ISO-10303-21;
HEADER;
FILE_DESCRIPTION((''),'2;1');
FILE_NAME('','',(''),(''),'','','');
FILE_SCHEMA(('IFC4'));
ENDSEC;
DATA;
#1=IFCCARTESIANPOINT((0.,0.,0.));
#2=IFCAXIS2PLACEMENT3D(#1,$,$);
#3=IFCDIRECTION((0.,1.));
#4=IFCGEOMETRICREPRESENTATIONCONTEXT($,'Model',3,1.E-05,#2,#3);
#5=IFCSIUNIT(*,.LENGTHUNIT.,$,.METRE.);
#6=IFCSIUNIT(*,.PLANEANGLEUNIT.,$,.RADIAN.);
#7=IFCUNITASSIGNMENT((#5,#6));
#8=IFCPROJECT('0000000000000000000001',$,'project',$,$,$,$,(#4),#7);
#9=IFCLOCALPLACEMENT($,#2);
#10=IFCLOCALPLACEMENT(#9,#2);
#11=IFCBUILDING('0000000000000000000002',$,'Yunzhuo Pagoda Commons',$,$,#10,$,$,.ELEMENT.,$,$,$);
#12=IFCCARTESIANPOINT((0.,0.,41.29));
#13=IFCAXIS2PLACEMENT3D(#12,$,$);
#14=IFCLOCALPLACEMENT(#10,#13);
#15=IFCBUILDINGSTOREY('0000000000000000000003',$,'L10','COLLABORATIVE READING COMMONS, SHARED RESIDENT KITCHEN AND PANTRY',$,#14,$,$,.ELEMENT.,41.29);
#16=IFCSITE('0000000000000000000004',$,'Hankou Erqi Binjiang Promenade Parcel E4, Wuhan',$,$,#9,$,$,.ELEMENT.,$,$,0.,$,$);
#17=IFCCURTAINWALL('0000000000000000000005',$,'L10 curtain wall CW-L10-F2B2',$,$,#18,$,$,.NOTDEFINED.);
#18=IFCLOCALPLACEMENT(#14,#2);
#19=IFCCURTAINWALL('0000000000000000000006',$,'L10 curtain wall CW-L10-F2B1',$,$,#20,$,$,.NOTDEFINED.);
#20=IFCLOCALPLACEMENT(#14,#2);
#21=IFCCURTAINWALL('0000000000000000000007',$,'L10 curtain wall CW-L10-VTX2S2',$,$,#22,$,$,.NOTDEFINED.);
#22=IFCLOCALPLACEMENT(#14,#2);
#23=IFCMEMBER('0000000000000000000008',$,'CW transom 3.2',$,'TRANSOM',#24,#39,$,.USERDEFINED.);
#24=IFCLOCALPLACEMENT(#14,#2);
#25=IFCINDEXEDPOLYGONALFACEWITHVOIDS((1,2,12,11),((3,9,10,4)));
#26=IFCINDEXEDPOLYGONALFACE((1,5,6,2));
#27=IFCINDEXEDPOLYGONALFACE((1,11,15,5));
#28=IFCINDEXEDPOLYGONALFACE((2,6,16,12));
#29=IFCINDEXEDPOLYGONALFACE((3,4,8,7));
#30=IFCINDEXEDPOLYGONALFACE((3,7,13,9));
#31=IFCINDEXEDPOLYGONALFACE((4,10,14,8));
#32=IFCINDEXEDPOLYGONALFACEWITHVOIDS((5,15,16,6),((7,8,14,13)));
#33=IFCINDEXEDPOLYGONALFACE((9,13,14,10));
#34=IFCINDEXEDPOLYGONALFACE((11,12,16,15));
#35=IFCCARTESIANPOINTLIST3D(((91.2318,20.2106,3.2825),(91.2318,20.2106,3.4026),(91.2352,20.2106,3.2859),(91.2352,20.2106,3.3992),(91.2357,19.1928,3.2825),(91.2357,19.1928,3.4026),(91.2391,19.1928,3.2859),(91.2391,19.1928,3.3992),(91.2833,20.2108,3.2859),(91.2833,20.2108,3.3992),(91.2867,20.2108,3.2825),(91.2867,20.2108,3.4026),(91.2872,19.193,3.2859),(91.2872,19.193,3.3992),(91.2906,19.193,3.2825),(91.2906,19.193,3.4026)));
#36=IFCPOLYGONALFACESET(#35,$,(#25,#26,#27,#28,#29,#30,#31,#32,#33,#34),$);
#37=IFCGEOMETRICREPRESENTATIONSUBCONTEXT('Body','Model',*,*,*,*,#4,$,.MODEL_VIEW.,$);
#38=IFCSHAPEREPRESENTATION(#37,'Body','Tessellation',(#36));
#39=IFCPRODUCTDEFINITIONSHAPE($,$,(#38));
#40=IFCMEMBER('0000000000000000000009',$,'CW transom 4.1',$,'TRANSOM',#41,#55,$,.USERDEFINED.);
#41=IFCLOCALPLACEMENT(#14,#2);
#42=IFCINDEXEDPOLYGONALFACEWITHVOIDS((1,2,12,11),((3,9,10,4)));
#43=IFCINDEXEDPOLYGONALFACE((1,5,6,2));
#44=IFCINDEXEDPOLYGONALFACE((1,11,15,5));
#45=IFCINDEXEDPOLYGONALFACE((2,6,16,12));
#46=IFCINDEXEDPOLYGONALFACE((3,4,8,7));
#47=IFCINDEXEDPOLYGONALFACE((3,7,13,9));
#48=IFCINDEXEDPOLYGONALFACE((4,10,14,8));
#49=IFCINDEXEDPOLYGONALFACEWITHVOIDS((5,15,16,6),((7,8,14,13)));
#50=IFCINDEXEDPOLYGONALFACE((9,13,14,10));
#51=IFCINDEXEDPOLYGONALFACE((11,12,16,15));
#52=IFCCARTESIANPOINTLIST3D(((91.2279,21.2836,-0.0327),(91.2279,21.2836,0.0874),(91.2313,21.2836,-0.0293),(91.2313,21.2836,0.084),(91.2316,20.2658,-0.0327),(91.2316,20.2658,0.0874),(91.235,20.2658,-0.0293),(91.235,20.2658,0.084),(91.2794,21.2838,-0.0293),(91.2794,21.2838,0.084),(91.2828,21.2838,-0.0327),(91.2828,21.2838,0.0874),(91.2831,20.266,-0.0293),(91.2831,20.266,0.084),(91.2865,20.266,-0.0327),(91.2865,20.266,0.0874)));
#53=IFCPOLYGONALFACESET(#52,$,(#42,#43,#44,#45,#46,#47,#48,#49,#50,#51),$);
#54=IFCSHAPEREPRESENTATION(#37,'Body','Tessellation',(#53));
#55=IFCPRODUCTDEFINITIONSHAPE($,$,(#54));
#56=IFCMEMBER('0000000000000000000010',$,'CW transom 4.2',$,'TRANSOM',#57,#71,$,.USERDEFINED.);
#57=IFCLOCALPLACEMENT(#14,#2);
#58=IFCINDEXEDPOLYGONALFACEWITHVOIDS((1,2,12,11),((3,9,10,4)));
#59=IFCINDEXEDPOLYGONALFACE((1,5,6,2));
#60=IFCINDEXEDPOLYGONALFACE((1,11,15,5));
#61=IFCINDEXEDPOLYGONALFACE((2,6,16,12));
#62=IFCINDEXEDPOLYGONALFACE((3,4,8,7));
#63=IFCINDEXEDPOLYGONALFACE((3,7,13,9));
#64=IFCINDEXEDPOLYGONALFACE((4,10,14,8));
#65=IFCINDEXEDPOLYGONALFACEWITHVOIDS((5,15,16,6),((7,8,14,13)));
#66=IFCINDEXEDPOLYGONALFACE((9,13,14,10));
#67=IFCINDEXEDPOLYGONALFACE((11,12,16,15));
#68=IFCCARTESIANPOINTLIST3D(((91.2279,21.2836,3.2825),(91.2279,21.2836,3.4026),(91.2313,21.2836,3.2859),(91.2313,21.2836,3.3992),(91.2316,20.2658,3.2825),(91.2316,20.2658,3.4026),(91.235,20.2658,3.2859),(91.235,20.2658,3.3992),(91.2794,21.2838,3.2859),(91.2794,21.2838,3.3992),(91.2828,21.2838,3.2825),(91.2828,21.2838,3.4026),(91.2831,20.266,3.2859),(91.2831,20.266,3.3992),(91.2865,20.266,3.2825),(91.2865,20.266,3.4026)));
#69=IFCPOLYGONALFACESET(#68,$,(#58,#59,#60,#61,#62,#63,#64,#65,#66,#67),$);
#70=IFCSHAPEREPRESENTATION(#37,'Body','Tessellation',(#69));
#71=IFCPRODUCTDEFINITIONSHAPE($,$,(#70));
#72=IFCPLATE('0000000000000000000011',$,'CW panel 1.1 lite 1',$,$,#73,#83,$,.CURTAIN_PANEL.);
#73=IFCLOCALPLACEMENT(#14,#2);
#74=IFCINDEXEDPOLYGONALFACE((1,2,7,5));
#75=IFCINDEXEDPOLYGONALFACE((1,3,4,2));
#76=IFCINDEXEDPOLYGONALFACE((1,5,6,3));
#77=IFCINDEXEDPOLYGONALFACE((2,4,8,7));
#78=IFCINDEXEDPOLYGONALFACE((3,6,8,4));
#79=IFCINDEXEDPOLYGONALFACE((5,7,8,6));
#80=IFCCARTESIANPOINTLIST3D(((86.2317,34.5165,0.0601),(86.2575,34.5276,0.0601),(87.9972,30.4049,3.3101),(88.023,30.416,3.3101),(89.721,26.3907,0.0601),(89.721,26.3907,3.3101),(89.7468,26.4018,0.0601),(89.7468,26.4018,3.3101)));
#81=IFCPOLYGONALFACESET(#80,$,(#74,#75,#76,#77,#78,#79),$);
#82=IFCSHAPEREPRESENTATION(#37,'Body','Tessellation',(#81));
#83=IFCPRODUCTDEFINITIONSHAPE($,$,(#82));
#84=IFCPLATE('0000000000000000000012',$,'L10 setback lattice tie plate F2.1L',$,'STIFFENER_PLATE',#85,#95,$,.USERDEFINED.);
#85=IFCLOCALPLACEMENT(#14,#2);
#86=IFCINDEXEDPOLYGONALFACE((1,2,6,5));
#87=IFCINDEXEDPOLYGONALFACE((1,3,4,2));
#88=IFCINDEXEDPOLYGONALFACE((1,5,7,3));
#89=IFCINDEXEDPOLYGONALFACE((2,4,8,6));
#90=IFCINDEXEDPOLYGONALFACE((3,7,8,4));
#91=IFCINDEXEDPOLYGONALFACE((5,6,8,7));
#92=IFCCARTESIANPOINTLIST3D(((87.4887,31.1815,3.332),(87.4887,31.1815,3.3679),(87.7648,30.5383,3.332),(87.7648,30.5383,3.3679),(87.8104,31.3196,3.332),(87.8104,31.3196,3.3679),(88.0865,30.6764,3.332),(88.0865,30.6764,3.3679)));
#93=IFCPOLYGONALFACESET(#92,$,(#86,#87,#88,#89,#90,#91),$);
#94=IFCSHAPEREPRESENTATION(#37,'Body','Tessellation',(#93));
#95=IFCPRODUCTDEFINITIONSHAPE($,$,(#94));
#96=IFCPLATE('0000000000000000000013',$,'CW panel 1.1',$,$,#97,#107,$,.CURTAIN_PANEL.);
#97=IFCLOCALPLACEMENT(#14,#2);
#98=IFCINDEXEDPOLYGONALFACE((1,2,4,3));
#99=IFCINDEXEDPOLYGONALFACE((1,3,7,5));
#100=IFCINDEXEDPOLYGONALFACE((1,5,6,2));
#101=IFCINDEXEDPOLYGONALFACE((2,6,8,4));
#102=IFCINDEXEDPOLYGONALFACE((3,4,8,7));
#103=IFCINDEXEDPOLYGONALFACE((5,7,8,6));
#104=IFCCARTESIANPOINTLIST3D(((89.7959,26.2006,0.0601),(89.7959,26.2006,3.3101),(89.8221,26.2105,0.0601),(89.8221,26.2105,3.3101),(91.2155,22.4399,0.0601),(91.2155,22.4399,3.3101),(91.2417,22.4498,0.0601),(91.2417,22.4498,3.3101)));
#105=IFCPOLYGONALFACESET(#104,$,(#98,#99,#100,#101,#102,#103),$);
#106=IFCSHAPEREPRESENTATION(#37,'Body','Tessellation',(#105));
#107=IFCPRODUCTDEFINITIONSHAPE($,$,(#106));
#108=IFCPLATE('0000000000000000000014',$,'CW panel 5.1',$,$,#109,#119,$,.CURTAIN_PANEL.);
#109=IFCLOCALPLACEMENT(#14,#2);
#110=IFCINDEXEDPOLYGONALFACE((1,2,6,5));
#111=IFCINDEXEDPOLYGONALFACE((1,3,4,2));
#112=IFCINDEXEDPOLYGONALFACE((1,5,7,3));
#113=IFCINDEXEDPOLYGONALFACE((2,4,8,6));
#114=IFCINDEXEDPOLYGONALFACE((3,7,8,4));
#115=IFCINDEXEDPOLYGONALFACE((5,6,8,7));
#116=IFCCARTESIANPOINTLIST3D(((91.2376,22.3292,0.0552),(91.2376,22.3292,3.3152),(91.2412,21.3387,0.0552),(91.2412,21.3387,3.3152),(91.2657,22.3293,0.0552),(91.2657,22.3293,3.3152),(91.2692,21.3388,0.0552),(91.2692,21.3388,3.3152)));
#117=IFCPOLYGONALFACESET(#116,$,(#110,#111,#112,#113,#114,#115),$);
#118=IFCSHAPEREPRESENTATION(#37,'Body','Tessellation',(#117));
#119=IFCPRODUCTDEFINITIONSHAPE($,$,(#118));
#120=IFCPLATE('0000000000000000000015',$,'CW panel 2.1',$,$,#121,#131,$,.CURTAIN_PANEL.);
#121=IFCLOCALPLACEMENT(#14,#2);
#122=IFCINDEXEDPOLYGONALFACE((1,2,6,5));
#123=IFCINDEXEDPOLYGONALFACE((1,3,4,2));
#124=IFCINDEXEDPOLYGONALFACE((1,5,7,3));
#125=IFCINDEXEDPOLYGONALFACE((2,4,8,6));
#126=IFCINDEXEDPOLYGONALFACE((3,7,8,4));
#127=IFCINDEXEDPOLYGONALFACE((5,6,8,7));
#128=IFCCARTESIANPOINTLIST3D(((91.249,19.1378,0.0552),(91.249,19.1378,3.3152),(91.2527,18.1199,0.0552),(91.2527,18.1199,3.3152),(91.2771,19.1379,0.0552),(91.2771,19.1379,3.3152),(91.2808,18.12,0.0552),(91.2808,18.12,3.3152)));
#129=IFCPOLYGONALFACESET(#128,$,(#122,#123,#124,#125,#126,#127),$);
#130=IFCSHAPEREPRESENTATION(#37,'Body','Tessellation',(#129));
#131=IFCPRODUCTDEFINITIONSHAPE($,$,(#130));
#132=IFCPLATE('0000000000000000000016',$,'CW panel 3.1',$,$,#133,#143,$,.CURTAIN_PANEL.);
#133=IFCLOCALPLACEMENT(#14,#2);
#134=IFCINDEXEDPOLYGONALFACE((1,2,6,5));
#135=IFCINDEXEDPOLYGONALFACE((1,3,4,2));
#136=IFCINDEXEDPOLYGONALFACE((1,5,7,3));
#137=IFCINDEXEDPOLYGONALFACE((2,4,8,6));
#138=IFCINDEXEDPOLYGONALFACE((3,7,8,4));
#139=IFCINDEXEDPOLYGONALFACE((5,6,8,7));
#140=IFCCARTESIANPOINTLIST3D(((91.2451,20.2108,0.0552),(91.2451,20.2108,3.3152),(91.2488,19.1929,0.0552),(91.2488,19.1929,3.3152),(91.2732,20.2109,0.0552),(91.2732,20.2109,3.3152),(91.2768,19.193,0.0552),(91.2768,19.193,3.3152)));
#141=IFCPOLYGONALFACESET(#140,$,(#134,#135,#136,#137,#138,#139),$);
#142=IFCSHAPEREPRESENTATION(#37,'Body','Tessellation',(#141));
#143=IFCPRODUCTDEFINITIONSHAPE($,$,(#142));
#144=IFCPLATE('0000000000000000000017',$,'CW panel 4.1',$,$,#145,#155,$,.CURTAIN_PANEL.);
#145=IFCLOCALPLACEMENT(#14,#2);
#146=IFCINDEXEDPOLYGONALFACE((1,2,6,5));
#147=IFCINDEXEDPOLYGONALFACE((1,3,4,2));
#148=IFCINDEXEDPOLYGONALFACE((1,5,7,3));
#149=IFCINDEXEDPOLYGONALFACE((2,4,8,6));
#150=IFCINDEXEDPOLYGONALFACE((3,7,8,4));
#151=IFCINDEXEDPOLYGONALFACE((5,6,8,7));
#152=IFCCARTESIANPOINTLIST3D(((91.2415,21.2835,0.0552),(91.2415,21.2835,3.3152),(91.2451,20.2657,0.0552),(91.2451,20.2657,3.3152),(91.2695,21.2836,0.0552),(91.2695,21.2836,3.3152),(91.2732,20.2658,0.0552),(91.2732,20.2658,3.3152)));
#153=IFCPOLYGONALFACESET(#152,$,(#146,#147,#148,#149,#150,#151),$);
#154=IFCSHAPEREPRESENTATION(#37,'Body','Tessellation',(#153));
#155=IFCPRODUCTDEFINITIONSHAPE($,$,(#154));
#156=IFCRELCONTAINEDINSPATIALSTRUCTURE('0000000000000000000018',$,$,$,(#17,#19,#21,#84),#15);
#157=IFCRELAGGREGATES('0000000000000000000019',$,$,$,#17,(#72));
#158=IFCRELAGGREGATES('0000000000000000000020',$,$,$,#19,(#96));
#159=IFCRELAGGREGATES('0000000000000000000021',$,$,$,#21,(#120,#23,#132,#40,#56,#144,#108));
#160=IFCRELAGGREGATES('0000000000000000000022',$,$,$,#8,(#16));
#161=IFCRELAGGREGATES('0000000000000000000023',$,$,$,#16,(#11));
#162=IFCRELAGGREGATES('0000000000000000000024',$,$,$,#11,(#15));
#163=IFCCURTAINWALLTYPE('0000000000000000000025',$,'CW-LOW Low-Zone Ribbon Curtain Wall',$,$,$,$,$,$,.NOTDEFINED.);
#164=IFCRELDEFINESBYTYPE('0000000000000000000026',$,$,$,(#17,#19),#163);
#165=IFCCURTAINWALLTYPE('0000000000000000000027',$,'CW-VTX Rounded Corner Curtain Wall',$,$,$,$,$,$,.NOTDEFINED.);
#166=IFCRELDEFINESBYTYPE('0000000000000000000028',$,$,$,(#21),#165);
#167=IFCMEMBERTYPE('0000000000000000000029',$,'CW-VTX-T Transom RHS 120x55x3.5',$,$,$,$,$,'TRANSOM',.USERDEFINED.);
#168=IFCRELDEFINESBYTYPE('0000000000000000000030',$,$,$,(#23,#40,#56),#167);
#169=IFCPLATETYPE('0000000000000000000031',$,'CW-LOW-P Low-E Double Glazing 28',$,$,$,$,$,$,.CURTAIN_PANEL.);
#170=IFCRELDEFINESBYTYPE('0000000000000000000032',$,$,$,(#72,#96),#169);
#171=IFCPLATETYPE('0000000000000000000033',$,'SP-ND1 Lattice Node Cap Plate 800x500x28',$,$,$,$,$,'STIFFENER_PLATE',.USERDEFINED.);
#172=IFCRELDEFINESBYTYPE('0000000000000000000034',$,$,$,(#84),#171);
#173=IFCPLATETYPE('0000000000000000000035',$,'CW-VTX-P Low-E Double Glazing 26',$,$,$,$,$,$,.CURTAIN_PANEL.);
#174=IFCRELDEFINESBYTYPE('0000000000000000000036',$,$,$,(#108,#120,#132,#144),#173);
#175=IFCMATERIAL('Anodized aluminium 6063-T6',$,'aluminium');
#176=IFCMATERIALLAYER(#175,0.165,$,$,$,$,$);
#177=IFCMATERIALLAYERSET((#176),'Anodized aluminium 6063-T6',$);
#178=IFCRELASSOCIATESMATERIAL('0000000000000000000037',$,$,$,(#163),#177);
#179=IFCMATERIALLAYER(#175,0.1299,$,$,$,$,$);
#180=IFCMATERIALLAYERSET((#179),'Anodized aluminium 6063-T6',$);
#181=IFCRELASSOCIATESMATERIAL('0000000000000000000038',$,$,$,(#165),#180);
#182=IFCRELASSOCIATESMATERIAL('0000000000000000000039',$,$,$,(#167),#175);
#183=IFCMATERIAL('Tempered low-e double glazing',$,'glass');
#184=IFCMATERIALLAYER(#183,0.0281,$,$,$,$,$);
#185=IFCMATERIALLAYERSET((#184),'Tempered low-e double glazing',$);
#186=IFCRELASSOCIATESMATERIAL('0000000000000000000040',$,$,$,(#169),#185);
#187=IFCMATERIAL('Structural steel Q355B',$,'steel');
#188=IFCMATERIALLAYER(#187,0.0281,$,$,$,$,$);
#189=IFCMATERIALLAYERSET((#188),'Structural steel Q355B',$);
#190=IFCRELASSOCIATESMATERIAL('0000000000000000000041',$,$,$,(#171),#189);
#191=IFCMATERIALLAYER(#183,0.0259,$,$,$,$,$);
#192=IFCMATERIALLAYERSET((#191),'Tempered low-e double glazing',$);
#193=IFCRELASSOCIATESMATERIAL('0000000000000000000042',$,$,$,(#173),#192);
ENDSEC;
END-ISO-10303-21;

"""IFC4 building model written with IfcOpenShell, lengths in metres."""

from ifc_helpers import new_model, si_unit, direction, frame, origin, origin_2d, place, context, subcontext, project, spatial, polyline, rectangle, hollow_rectangle, outline, extrude, source, transform, mapped, material, layer, layer_set, material_profile, profile_set, type_object, element, aggregate, save


model = new_model("IFC4")

# Units and contexts
model_context = context("Model", 3, precision=1e-05, world=origin(), true_north=direction((0.0, 1.0)))
body_context = subcontext(model_context, "Body", "Model", "MODEL_VIEW")
ifc_project = project(units=[si_unit("LENGTHUNIT", "METRE"), si_unit("PLANEANGLEUNIT", "RADIAN")], contexts=[model_context])

# Site, building, storey
site_placement = place(None, origin())
site = spatial("IfcSite", under=ifc_project, at=site_placement, Name="Hankou Erqi Binjiang Promenade Parcel E4, Wuhan", CompositionType="ELEMENT", RefElevation=0.0)
building_placement = place(site_placement, origin())
building = spatial("IfcBuilding", under=site, at=building_placement, Name="Yunzhuo Pagoda Commons", CompositionType="ELEMENT")
storey_placement = place(building_placement, frame((0.0, 0.0, 41.29)))
storey = spatial("IfcBuildingStorey", under=building, at=storey_placement, Name="L10", Description="COLLABORATIVE READING COMMONS, SHARED RESIDENT KITCHEN AND PANTRY", CompositionType="ELEMENT", Elevation=41.29)

# Shared definitions
ifc_material_1 = material(Name="Structural steel Q355B", Category="steel")

# Curtain wall
ifc_material_2 = material(Name="Anodized aluminium 6063-T6", Category="aluminium")
ifc_layer_1 = layer(ifc_material_2, 0.165)
ifc_layer_set_1 = layer_set([ifc_layer_1], Name="Anodized aluminium 6063-T6")
curtain_wall_type_1 = type_object("IfcCurtainWallType", Name="CW-LOW Low-Zone Ribbon Curtain Wall", PredefinedType="NOTDEFINED", material=ifc_layer_set_1)
curtain_wall_1_placement = place(storey_placement, origin())
curtain_wall_1 = element("IfcCurtainWall", 1, at=curtain_wall_1_placement, inside=storey, type_object=curtain_wall_type_1, Name="L10 curtain wall CW-L10-F2B2", PredefinedType="NOTDEFINED")

# Curtain wall
curtain_wall_2_placement = place(storey_placement, origin())
curtain_wall_2 = element("IfcCurtainWall", 2, at=curtain_wall_2_placement, inside=storey, type_object=curtain_wall_type_1, Name="L10 curtain wall CW-L10-F2B1", PredefinedType="NOTDEFINED")

# Curtain wall, members
ifc_layer_2 = layer(ifc_material_2, 0.1299)
ifc_layer_set_2 = layer_set([ifc_layer_2], Name="Anodized aluminium 6063-T6")
curtain_wall_type_2 = type_object("IfcCurtainWallType", Name="CW-VTX Rounded Corner Curtain Wall", PredefinedType="NOTDEFINED", material=ifc_layer_set_2)
curtain_wall_3_placement = place(storey_placement, origin())
curtain_wall_3 = element("IfcCurtainWall", 3, at=curtain_wall_3_placement, inside=storey, type_object=curtain_wall_type_2, Name="L10 curtain wall CW-L10-VTX2S2", PredefinedType="NOTDEFINED")
ifc_material_profile_1 = material_profile(ifc_material_2, hollow_rectangle(XDim=0.0549, YDim=0.1201, WallThickness=0.0034, at=origin_2d()), Name="Anodized aluminium 6063-T6")
ifc_profile_set_1 = profile_set([ifc_material_profile_1], Name="Anodized aluminium 6063-T6")
member_type_1 = type_object("IfcMemberType", Name="CW-VTX-T Transom RHS 120x55x3.5", ElementType="TRANSOM", PredefinedType="USERDEFINED", material=ifc_profile_set_1)
shared_shape_1 = source(origin(), body_context, "Body", "SweptSolid", [
    extrude(hollow_rectangle(XDim=0.0549, YDim=0.1201, WallThickness=0.0034, at=origin_2d()), origin(), (0.0, 0.0, 1.0), 1.0178),
])
member_1_placement = place(storey_placement, frame((91.2632, 19.1929, 3.3425), z_axis=(-0.003838, 0.999993, 0.0), x_axis=(-0.999993, -0.003838, 0.0)))
member_1 = element("IfcMember", 4, at=member_1_placement, type_object=member_type_1, Name="CW transom 3.2", ObjectType="TRANSOM", PredefinedType="USERDEFINED", context=body_context, shape_type="MappedRepresentation", body=[
    mapped(shared_shape_1, transform((0.0, 0.0, 0.0), scale=1.0)),
])
member_2_placement = place(storey_placement, frame((91.259, 20.2659, 0.0273), z_axis=(-0.003598, 0.999994, 0.0), x_axis=(-0.999994, -0.003598, 0.0)))
member_2 = element("IfcMember", 5, at=member_2_placement, type_object=member_type_1, Name="CW transom 4.1", ObjectType="TRANSOM", PredefinedType="USERDEFINED", context=body_context, shape_type="MappedRepresentation", body=[
    mapped(shared_shape_1, transform((0.0, 0.0, 0.0), scale=1.0)),
])
member_3_placement = place(storey_placement, frame((91.259, 20.2659, 3.3425), z_axis=(-0.003598, 0.999994, 0.0), x_axis=(-0.999994, -0.003598, 0.0)))
member_3 = element("IfcMember", 6, at=member_3_placement, type_object=member_type_1, Name="CW transom 4.2", ObjectType="TRANSOM", PredefinedType="USERDEFINED", context=body_context, shape_type="MappedRepresentation", body=[
    mapped(shared_shape_1, transform((0.0, 0.0, 0.0), scale=1.0)),
])

# Plates
ifc_material_3 = material(Name="Tempered low-e double glazing", Category="glass")
ifc_layer_3 = layer(ifc_material_3, 0.0281)
ifc_layer_set_3 = layer_set([ifc_layer_3], Name="Tempered low-e double glazing")
plate_type_1 = type_object("IfcPlateType", Name="CW-LOW-P Low-E Double Glazing 28", PredefinedType="CURTAIN_PANEL", material=ifc_layer_set_3)
plate_1_placement = place(storey_placement, frame((87.9763, 30.4536, 1.6851), z_axis=(0.918866, 0.394571, 0.0), x_axis=(-0.394571, 0.918866, 0.0)))
plate_1 = element("IfcPlate", 7, at=plate_1_placement, type_object=plate_type_1, Name="CW panel 1.1 lite 1", PredefinedType="CURTAIN_PANEL", context=body_context, shape_type="SweptSolid", body=[
    extrude(outline(polyline([(-4.4216, -1.625), (4.4216, -1.625), (-0.053, 1.625), (-4.4216, 1.625), (-4.4216, -1.625)])), origin(), (0.0, 0.0, 1.0), 0.0281),
])
aggregate(curtain_wall_1, [plate_1])
ifc_layer_4 = layer(ifc_material_1, 0.0281)
ifc_layer_set_4 = layer_set([ifc_layer_4], Name="Structural steel Q355B")
plate_type_2 = type_object("IfcPlateType", Name="SP-ND1 Lattice Node Cap Plate 800x500x28", ElementType="STIFFENER_PLATE", PredefinedType="USERDEFINED", material=ifc_layer_set_4)
shared_shape_2 = source(origin(), body_context, "Body", "SweptSolid", [
    extrude(rectangle(XDim=0.7, YDim=0.3501, at=origin_2d()), origin(), (0.0, 0.0, 1.0), 0.0359),
])
plate_2_placement = place(storey_placement, frame((87.7876, 30.929, 3.332), z_axis=(0.0, 0.0, 1.0), x_axis=(-0.394567, 0.918867, 0.0)))
element("IfcPlate", 8, at=plate_2_placement, inside=storey, type_object=plate_type_2, Name="L10 setback lattice tie plate F2.1L", ObjectType="STIFFENER_PLATE", PredefinedType="USERDEFINED", context=body_context, shape_type="MappedRepresentation", body=[
    mapped(shared_shape_2, transform((0.0, 0.0, 0.0), scale=1.0)),
])
shared_shape_3 = source(origin(), body_context, "Body", "SweptSolid", [
    extrude(rectangle(XDim=4.0198, YDim=0.0281, at=origin_2d()), origin(), (0.0, 0.0, 1.0), 3.25),
])
plate_3_placement = place(storey_placement, frame((90.5188, 24.3252, 0.0601), z_axis=(0.0, 0.0, 1.0), x_axis=(-0.353151, 0.935566, 0.0)))
plate_3 = element("IfcPlate", 9, at=plate_3_placement, type_object=plate_type_1, Name="CW panel 1.1", PredefinedType="CURTAIN_PANEL", context=body_context, shape_type="MappedRepresentation", body=[
    mapped(shared_shape_3, transform((0.0, 0.0, 0.0), scale=1.0)),
])
aggregate(curtain_wall_2, [plate_3])
ifc_layer_5 = layer(ifc_material_3, 0.0259)
ifc_layer_set_5 = layer_set([ifc_layer_5], Name="Tempered low-e double glazing")
plate_type_3 = type_object("IfcPlateType", Name="CW-VTX-P Low-E Double Glazing 26", PredefinedType="CURTAIN_PANEL", material=ifc_layer_set_5)
shared_shape_4 = source(origin(), body_context, "Body", "SweptSolid", [
    extrude(rectangle(XDim=0.9905, YDim=0.0281, at=origin_2d()), origin(), (0.0, 0.0, 1.0), 3.26),
])
plate_4_placement = place(storey_placement, frame((91.2534, 21.834, 0.0552), z_axis=(0.0, 0.0, 1.0), x_axis=(-0.003579, 0.999994, 0.0)))
plate_4 = element("IfcPlate", 10, at=plate_4_placement, type_object=plate_type_3, Name="CW panel 5.1", PredefinedType="CURTAIN_PANEL", context=body_context, shape_type="MappedRepresentation", body=[
    mapped(shared_shape_4, transform((0.0, 0.0, 0.0), scale=1.0)),
])
shared_shape_5 = source(origin(), body_context, "Body", "SweptSolid", [
    extrude(rectangle(XDim=1.0178, YDim=0.0281, at=origin_2d()), origin(), (0.0, 0.0, 1.0), 3.26),
])
plate_5_placement = place(storey_placement, frame((91.2649, 18.6289, 0.0552), z_axis=(0.0, 0.0, 1.0), x_axis=(-0.003579, 0.999994, 0.0)))
plate_5 = element("IfcPlate", 11, at=plate_5_placement, type_object=plate_type_3, Name="CW panel 2.1", PredefinedType="CURTAIN_PANEL", context=body_context, shape_type="MappedRepresentation", body=[
    mapped(shared_shape_5, transform((0.0, 0.0, 0.0), scale=1.0)),
])
plate_6_placement = place(storey_placement, frame((91.261, 19.7019, 0.0552), z_axis=(0.0, 0.0, 1.0), x_axis=(-0.003579, 0.999994, 0.0)))
plate_6 = element("IfcPlate", 12, at=plate_6_placement, type_object=plate_type_3, Name="CW panel 3.1", PredefinedType="CURTAIN_PANEL", context=body_context, shape_type="MappedRepresentation", body=[
    mapped(shared_shape_5, transform((0.0, 0.0, 0.0), scale=1.0)),
])
plate_7_placement = place(storey_placement, frame((91.2573, 20.7747, 0.0552), z_axis=(0.0, 0.0, 1.0), x_axis=(-0.003579, 0.999994, 0.0)))
plate_7 = element("IfcPlate", 13, at=plate_7_placement, type_object=plate_type_3, Name="CW panel 4.1", PredefinedType="CURTAIN_PANEL", context=body_context, shape_type="MappedRepresentation", body=[
    mapped(shared_shape_5, transform((0.0, 0.0, 0.0), scale=1.0)),
])
aggregate(curtain_wall_3, [plate_5, member_1, plate_6, member_2, member_3, plate_7, plate_4])

save(model, "model.ifc")
